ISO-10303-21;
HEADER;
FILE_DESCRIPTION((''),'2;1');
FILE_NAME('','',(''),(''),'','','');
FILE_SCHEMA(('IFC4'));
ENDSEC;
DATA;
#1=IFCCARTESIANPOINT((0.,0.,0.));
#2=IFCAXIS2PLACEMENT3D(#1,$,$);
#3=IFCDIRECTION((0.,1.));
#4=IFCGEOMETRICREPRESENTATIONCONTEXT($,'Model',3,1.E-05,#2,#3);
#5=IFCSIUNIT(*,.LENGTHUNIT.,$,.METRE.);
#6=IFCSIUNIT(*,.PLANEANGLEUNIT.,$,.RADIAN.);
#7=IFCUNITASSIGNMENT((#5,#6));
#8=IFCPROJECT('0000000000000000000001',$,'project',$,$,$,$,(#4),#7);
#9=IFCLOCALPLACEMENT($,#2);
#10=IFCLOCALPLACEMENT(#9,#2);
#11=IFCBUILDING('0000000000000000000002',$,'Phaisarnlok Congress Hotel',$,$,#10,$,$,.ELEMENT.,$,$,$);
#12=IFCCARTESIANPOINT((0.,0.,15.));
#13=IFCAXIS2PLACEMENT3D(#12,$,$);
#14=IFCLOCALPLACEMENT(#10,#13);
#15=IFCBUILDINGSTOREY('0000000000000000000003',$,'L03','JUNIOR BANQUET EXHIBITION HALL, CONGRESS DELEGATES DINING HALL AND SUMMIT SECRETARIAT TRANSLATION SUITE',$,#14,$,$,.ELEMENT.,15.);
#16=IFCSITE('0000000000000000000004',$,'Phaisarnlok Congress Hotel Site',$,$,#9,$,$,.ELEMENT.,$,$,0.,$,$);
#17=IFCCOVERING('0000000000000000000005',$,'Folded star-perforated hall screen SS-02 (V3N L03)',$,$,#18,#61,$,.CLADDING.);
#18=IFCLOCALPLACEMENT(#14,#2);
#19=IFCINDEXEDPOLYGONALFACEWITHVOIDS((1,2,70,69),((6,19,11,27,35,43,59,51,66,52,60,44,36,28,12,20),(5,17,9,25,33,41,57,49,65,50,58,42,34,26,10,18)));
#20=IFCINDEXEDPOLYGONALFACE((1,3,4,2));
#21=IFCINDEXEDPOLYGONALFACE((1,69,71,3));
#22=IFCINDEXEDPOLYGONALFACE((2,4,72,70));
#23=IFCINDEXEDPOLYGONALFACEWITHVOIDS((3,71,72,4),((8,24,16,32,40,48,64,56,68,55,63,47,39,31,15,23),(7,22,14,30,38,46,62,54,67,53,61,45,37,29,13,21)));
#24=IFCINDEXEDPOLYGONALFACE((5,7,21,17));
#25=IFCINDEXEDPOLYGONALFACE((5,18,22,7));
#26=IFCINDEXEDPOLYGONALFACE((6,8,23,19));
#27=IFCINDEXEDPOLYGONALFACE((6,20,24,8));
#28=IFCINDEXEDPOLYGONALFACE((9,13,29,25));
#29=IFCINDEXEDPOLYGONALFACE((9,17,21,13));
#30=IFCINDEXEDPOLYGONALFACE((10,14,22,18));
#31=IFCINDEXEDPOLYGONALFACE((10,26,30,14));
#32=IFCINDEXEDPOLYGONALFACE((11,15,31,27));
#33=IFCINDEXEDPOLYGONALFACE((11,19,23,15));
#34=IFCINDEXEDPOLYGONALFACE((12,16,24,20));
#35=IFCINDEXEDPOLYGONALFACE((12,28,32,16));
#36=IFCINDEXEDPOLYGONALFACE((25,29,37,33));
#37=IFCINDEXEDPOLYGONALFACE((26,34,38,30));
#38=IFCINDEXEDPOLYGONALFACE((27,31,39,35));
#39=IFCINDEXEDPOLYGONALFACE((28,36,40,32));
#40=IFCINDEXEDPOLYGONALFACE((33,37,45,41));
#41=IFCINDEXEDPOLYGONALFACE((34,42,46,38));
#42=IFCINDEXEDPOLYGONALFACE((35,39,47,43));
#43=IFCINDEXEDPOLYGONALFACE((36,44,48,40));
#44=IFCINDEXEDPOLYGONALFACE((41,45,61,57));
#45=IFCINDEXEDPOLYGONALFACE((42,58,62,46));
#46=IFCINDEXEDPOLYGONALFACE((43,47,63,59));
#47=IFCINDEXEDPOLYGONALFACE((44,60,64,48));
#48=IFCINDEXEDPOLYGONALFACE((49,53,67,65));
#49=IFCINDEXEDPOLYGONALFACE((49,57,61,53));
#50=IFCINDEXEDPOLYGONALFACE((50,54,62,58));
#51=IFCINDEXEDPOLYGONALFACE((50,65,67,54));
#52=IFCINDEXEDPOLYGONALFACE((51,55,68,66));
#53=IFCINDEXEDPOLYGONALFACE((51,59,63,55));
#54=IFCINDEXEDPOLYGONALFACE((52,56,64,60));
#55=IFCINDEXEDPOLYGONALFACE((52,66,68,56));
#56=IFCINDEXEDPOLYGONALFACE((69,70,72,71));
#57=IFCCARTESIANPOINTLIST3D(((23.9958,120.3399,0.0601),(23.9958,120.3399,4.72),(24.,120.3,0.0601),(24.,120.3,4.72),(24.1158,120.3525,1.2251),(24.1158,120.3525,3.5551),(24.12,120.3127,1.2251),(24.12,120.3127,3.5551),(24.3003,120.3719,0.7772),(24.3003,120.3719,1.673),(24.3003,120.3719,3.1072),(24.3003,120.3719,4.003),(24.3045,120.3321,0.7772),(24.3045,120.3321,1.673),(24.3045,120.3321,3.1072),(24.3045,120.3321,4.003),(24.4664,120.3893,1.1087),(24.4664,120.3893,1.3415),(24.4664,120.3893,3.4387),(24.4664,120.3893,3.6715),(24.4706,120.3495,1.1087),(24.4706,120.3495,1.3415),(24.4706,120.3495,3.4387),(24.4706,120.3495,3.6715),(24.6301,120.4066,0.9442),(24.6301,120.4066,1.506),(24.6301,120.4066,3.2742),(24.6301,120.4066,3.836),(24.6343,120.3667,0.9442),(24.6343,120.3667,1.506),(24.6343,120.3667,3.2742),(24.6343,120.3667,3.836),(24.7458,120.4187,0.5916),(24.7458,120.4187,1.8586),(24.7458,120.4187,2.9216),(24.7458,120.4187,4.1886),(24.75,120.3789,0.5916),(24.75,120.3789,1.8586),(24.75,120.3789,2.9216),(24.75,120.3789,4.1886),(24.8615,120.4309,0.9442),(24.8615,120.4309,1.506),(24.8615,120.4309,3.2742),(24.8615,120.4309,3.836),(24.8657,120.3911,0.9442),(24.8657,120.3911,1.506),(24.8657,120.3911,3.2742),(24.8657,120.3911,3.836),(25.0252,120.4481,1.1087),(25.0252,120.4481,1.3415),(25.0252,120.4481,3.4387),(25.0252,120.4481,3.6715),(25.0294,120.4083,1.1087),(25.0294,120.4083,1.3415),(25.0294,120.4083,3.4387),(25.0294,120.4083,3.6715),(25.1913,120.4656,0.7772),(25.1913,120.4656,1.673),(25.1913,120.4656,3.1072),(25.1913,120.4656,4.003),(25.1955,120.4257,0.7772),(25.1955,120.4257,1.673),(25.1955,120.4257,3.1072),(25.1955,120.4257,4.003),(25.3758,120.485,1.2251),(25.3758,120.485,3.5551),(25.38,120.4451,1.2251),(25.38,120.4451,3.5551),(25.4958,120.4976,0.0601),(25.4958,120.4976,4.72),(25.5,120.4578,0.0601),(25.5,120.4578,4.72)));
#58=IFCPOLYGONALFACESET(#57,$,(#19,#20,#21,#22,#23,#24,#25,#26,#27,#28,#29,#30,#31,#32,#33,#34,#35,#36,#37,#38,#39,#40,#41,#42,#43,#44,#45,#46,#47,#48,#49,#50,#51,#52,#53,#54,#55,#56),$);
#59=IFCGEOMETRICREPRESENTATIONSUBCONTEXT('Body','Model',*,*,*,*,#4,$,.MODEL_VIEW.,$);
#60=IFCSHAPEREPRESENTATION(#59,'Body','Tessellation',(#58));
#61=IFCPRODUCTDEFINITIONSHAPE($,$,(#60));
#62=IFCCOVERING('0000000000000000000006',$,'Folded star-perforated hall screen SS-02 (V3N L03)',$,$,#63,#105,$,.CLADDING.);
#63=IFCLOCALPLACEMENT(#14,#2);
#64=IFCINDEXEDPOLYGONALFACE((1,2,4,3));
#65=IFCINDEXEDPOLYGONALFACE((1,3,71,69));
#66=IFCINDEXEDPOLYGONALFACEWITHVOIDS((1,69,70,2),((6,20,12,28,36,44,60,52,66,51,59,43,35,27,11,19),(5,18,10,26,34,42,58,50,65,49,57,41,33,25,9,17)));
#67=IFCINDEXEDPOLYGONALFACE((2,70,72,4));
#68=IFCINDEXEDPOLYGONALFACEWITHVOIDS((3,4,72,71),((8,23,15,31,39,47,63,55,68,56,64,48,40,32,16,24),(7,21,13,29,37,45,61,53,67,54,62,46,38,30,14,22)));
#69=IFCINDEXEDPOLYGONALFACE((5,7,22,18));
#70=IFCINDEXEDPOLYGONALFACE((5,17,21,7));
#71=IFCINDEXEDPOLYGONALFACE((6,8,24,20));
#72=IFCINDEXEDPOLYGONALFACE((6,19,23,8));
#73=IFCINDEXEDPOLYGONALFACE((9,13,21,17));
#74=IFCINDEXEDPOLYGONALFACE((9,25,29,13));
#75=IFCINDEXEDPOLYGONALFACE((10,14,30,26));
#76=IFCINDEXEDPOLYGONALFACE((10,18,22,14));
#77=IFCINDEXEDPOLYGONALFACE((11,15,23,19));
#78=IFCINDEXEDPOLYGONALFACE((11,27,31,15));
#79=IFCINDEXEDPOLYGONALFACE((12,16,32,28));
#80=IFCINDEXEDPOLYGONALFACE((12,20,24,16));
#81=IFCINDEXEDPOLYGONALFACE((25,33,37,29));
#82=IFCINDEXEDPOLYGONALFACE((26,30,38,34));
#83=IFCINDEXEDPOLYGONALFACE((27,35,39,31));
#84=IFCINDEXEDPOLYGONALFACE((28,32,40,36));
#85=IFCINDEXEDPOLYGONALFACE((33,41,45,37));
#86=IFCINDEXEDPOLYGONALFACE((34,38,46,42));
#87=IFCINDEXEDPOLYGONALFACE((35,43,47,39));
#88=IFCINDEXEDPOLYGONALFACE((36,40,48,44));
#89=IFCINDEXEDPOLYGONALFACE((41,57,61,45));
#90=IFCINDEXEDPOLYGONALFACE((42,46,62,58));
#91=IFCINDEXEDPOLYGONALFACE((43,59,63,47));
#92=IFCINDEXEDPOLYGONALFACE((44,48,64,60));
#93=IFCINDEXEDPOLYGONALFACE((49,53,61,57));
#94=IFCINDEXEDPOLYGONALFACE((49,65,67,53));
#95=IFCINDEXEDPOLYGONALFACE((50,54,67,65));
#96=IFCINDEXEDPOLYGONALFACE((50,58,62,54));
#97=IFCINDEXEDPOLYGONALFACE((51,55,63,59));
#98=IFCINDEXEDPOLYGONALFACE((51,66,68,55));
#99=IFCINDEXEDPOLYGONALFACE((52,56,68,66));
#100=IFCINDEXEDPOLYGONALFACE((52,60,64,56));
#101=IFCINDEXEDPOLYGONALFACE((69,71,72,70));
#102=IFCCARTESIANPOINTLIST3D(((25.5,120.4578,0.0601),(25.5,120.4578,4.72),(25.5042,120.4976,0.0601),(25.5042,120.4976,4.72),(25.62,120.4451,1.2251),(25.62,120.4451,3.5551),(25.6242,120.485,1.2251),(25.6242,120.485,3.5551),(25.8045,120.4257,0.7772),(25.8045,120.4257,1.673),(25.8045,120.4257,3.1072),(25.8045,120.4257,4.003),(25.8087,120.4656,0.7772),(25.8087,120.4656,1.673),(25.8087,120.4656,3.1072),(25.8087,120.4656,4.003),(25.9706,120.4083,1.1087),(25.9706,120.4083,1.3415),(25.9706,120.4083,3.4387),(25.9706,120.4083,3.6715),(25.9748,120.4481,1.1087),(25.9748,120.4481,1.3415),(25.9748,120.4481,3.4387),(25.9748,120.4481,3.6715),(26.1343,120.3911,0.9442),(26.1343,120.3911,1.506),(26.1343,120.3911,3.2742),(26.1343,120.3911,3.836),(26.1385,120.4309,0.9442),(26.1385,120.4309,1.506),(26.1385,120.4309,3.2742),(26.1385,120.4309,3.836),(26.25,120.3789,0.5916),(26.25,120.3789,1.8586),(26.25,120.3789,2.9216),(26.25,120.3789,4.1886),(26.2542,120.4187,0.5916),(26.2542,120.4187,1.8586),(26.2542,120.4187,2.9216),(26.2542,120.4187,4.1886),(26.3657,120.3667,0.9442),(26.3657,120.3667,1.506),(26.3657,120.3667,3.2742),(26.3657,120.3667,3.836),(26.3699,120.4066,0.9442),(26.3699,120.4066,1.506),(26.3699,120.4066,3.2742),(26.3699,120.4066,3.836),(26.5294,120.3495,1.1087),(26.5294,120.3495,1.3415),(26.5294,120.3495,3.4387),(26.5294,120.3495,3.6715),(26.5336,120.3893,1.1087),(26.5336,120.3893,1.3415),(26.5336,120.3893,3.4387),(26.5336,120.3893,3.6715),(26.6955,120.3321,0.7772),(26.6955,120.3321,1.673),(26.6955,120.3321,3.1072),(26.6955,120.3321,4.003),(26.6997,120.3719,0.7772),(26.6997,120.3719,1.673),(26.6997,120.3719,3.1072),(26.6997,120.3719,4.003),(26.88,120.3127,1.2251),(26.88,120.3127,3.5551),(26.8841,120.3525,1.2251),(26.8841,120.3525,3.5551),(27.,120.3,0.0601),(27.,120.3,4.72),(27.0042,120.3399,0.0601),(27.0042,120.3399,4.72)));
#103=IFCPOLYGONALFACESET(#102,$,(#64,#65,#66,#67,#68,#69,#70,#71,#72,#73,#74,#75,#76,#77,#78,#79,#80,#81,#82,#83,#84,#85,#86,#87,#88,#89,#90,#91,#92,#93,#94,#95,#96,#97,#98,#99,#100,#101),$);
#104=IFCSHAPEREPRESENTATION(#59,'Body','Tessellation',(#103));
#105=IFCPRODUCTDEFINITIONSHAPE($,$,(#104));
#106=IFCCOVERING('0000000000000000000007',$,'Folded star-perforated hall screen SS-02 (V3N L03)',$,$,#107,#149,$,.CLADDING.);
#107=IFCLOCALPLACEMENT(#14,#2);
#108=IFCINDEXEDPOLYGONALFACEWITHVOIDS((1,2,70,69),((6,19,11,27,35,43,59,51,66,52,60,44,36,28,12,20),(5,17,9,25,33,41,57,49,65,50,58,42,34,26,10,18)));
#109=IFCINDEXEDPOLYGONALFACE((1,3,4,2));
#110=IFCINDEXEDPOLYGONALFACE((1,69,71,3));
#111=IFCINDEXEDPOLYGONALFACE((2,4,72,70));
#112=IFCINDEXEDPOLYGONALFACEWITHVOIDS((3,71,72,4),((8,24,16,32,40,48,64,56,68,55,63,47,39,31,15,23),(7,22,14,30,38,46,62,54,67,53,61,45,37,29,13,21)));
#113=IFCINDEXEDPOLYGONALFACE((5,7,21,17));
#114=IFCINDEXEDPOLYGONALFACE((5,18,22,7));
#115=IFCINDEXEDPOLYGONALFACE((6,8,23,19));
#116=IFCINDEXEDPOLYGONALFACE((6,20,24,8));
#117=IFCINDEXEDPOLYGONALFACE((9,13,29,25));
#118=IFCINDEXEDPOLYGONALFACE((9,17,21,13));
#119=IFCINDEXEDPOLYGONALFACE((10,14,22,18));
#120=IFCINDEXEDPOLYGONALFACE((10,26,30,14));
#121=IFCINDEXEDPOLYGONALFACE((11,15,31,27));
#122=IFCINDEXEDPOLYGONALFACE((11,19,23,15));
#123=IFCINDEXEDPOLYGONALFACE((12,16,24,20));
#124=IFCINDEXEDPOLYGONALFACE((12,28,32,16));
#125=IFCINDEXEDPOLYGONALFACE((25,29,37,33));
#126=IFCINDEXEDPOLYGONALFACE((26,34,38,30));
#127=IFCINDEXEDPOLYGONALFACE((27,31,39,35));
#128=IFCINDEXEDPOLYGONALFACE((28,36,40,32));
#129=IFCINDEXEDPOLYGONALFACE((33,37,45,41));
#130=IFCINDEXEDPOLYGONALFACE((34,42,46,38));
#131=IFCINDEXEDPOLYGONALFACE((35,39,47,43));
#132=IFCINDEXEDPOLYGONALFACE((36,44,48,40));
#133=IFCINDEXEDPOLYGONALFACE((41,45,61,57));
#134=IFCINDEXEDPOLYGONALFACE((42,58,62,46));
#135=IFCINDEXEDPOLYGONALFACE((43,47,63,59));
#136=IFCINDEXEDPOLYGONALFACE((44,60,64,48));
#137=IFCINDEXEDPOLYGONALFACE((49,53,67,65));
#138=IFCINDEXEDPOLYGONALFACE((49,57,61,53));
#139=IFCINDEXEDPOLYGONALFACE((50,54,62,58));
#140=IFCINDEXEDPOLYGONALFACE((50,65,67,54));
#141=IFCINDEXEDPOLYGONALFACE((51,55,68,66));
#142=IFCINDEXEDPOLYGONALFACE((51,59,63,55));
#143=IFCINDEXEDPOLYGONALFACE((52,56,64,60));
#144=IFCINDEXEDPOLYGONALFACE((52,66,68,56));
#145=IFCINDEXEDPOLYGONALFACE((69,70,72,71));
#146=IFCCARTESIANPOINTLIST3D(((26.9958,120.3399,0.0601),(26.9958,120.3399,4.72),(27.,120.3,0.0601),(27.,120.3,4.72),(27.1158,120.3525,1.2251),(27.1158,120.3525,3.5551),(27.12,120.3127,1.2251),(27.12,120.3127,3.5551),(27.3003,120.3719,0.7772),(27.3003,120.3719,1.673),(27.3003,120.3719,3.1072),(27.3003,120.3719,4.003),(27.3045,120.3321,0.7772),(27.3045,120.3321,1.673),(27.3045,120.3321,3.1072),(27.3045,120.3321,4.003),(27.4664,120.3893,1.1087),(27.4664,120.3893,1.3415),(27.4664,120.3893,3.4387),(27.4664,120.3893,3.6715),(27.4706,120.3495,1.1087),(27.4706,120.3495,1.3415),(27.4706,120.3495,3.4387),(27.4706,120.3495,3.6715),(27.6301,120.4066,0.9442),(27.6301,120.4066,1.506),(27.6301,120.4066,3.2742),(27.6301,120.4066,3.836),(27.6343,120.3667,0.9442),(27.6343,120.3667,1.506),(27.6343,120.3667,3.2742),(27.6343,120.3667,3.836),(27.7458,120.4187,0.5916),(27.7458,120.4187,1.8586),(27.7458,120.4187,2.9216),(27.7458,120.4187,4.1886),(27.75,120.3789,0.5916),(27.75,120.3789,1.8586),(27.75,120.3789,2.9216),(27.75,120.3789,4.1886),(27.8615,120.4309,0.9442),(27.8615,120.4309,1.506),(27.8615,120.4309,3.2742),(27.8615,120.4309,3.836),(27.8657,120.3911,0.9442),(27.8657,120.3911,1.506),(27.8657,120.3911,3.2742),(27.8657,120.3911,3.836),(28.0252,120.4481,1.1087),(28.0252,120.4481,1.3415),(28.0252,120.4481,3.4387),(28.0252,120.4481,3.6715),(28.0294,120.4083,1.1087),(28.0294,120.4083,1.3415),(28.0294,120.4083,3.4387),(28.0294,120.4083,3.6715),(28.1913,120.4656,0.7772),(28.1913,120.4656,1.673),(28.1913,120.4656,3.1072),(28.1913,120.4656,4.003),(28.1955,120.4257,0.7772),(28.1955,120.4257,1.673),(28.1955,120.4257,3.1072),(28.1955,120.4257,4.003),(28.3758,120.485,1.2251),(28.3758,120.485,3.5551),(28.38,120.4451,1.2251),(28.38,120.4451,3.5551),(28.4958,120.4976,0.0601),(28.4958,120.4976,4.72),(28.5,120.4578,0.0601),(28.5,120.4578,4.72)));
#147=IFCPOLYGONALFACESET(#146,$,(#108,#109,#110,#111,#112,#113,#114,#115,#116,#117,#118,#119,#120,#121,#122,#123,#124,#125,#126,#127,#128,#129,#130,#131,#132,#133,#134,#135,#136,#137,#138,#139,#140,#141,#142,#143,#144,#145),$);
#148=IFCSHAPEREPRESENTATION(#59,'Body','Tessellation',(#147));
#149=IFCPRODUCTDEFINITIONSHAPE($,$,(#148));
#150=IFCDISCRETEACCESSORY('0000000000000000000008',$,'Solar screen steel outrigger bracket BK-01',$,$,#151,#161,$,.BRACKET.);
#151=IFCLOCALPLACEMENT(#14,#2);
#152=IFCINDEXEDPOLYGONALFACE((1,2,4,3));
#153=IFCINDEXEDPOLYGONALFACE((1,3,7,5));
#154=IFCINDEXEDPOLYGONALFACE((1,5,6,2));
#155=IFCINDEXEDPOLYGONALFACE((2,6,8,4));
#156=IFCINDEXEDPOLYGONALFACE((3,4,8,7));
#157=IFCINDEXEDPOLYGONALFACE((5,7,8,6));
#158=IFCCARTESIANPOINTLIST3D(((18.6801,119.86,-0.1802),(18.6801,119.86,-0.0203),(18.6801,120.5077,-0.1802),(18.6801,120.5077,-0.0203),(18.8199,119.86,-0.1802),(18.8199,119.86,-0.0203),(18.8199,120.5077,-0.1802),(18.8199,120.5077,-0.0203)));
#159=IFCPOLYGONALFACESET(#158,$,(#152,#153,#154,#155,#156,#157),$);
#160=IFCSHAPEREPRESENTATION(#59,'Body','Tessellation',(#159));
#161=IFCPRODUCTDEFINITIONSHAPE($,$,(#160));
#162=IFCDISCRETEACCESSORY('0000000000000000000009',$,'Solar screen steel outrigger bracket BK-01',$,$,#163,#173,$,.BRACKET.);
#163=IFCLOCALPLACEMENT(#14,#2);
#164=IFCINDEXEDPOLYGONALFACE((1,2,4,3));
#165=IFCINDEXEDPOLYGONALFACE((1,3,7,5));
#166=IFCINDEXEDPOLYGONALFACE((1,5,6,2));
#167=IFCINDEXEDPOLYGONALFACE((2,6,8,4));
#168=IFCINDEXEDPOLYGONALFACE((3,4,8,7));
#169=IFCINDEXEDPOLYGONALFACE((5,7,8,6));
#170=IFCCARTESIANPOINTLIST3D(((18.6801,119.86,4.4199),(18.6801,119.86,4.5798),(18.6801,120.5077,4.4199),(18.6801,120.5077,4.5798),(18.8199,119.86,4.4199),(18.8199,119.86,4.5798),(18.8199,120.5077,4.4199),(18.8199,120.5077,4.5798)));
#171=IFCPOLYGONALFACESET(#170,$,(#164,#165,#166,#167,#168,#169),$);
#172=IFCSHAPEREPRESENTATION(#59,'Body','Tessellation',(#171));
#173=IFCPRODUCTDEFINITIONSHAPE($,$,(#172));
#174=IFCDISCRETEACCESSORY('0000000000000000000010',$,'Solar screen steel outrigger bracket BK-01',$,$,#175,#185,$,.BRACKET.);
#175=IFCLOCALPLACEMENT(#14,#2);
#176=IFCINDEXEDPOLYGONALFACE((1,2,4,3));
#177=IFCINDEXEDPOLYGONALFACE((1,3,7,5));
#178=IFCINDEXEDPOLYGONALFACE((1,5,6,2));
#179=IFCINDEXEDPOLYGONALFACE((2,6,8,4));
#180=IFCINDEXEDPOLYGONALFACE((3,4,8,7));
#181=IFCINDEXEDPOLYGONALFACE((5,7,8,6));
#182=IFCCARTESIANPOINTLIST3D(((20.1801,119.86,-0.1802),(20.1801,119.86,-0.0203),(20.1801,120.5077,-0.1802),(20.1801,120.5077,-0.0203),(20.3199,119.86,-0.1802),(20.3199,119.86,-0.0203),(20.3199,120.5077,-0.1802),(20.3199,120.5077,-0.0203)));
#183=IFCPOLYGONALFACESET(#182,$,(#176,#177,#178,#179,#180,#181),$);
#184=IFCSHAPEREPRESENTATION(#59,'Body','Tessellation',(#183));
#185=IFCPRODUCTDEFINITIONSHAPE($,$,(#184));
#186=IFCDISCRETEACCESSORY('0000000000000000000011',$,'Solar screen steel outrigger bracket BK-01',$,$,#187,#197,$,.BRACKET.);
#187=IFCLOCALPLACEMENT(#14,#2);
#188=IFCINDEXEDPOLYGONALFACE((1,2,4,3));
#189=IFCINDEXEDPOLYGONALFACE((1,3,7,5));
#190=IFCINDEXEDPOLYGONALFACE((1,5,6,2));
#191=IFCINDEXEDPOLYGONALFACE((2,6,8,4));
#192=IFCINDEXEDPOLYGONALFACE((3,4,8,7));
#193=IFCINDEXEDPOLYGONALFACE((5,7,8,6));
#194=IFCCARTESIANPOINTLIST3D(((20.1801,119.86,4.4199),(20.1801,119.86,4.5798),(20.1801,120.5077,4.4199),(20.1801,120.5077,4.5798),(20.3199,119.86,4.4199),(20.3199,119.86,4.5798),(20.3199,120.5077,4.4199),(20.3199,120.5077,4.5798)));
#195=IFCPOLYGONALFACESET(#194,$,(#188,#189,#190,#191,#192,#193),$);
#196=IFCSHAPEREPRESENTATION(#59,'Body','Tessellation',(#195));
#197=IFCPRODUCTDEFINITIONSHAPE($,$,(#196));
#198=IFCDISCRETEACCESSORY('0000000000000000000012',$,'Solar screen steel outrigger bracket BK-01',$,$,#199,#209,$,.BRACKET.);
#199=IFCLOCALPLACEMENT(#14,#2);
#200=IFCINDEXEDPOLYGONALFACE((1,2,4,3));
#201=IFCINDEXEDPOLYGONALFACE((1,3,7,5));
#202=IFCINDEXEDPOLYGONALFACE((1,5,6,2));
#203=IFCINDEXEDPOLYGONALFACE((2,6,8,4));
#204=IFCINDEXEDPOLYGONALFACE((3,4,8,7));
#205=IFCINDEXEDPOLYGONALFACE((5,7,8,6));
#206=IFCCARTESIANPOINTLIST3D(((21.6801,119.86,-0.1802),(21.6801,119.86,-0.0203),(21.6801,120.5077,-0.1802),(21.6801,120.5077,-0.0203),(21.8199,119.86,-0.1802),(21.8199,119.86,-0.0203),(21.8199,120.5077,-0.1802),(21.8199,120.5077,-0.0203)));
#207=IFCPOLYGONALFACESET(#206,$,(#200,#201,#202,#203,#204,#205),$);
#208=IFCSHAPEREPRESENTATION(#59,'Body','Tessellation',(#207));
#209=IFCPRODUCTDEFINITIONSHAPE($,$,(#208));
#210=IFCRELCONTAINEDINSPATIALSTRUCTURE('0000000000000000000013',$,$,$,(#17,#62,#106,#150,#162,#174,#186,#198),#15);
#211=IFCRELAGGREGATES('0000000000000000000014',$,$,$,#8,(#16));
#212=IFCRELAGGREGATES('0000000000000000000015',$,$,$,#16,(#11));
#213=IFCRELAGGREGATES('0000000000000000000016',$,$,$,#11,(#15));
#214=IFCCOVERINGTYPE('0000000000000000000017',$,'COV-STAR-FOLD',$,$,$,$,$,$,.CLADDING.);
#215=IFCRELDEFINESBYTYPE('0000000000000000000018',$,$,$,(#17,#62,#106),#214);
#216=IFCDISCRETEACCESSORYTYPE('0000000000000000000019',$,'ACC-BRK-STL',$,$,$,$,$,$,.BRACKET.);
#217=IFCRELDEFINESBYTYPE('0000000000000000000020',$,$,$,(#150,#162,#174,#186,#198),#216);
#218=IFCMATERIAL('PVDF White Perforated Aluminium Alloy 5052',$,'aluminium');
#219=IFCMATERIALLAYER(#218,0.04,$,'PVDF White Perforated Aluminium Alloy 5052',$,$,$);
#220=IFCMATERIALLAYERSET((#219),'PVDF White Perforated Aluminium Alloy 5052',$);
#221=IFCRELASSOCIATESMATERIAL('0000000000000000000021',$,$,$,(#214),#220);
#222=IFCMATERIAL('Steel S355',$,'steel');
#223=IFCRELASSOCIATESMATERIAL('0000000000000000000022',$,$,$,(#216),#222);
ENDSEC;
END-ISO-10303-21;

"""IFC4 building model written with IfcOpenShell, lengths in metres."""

from ifc_helpers import new_model, si_unit, direction, frame, origin, origin_2d, place, context, subcontext, project, spatial, polyline, rectangle, outline, extrude, material, layer, layer_set, type_object, element, save


model = new_model("IFC4")

# Units and contexts
model_context = context("Model", 3, precision=1e-05, world=origin(), true_north=direction((0.0, 1.0)))
body_context = subcontext(model_context, "Body", "Model", "MODEL_VIEW")
ifc_project = project(units=[si_unit("LENGTHUNIT", "METRE"), si_unit("PLANEANGLEUNIT", "RADIAN")], contexts=[model_context])

# Site, building, storey
site_placement = place(None, origin())
site = spatial("IfcSite", under=ifc_project, at=site_placement, Name="Phaisarnlok Congress Hotel Site", CompositionType="ELEMENT", RefElevation=0.0)
building_placement = place(site_placement, origin())
building = spatial("IfcBuilding", under=site, at=building_placement, Name="Phaisarnlok Congress Hotel", CompositionType="ELEMENT")
storey_placement = place(building_placement, frame((0.0, 0.0, 15.0)))
storey = spatial("IfcBuildingStorey", under=building, at=storey_placement, Name="L03", Description="JUNIOR BANQUET EXHIBITION HALL, CONGRESS DELEGATES DINING HALL AND SUMMIT SECRETARIAT TRANSLATION SUITE", CompositionType="ELEMENT", Elevation=15.0)

# Coverings
ifc_material_1 = material(Name="PVDF White Perforated Aluminium Alloy 5052", Category="aluminium")
ifc_layer_1 = layer(ifc_material_1, 0.04, Name="PVDF White Perforated Aluminium Alloy 5052")
ifc_layer_set_1 = layer_set([ifc_layer_1], Name="PVDF White Perforated Aluminium Alloy 5052")
covering_type = type_object("IfcCoveringType", Name="COV-STAR-FOLD", PredefinedType="CLADDING", material=ifc_layer_set_1)
for number, where, z_axis, x_axis, name in (
    (1, (25.5, 120.4578, 0.0601), (-0.104567, 0.994518, 0.0), (-0.994518, -0.104567, 0.0), "Folded star-perforated hall screen SS-02 (V3N L03)"),
    (2, (27.0, 120.3, 0.0601), (0.104567, 0.994518, 0.0), (-0.994518, 0.104567, 0.0), "Folded star-perforated hall screen SS-02 (V3N L03)"),
    (3, (28.5, 120.4578, 0.0601), (-0.104567, 0.994518, 0.0), (-0.994518, -0.104567, 0.0), "Folded star-perforated hall screen SS-02 (V3N L03)"),
):
    element("IfcCovering", number, at=place(storey_placement, frame(where, z_axis=z_axis, x_axis=x_axis)), inside=storey, type_object=covering_type, Name=name, PredefinedType="CLADDING", context=body_context, shape_type="SweptSolid", body=[
        extrude(outline(polyline([(0.0, 0.0), (1.5083, 0.0), (1.5083, 4.6599), (0.0, 4.6599), (0.0, 0.0)]), holes=[polyline([(1.0351, 1.0486), (1.2021, 0.7171), (0.8705, 0.8841), (0.7541, 0.5315), (0.6378, 0.8841), (0.3062, 0.7171), (0.4732, 1.0486), (0.1207, 1.165), (0.4732, 1.2814), (0.3062, 1.6129), (0.6378, 1.4459), (0.7541, 1.7985), (0.8705, 1.4459), (1.2021, 1.6129), (1.0351, 1.2814), (1.3876, 1.165), (1.0351, 1.0486)]), polyline([(1.0351, 3.3786), (1.2021, 3.0471), (0.8705, 3.2141), (0.7541, 2.8615), (0.6378, 3.2141), (0.3062, 3.0471), (0.4732, 3.3786), (0.1207, 3.495), (0.4732, 3.6114), (0.3062, 3.9429), (0.6378, 3.7759), (0.7541, 4.1285), (0.8705, 3.7759), (1.2021, 3.9429), (1.0351, 3.6114), (1.3876, 3.495), (1.0351, 3.3786)])]), origin(), (0.0, 0.0, 1.0), 0.04),
    ])

# Discrete accessories
ifc_material_2 = material(Name="Steel S355", Category="steel")
discrete_accessory_type = type_object("IfcDiscreteAccessoryType", Name="ACC-BRK-STL", PredefinedType="BRACKET", material=ifc_material_2)
for number, where, z_axis, x_axis, name in (
    (4, (18.75, 120.1838, -0.1802), (0.0, 0.0, 1.0), (1.0, 0.0, 0.0), "Solar screen steel outrigger bracket BK-01"),
    (5, (18.75, 120.1838, 4.4199), (0.0, 0.0, 1.0), (1.0, 0.0, 0.0), "Solar screen steel outrigger bracket BK-01"),
    (6, (20.25, 120.1838, -0.1802), (0.0, 0.0, 1.0), (1.0, 0.0, 0.0), "Solar screen steel outrigger bracket BK-01"),
    (7, (20.25, 120.1838, 4.4199), (0.0, 0.0, 1.0), (1.0, 0.0, 0.0), "Solar screen steel outrigger bracket BK-01"),
    (8, (21.75, 120.1838, -0.1802), (0.0, 0.0, 1.0), (1.0, 0.0, 0.0), "Solar screen steel outrigger bracket BK-01"),
):
    element("IfcDiscreteAccessory", number, at=place(storey_placement, frame(where, z_axis=z_axis, x_axis=x_axis)), inside=storey, type_object=discrete_accessory_type, Name=name, PredefinedType="BRACKET", context=body_context, shape_type="SweptSolid", body=[
        extrude(rectangle(XDim=0.1399, YDim=0.6477, at=origin_2d()), origin(), (0.0, 0.0, 1.0), 0.1599),
    ])

save(model, "model.ifc")
